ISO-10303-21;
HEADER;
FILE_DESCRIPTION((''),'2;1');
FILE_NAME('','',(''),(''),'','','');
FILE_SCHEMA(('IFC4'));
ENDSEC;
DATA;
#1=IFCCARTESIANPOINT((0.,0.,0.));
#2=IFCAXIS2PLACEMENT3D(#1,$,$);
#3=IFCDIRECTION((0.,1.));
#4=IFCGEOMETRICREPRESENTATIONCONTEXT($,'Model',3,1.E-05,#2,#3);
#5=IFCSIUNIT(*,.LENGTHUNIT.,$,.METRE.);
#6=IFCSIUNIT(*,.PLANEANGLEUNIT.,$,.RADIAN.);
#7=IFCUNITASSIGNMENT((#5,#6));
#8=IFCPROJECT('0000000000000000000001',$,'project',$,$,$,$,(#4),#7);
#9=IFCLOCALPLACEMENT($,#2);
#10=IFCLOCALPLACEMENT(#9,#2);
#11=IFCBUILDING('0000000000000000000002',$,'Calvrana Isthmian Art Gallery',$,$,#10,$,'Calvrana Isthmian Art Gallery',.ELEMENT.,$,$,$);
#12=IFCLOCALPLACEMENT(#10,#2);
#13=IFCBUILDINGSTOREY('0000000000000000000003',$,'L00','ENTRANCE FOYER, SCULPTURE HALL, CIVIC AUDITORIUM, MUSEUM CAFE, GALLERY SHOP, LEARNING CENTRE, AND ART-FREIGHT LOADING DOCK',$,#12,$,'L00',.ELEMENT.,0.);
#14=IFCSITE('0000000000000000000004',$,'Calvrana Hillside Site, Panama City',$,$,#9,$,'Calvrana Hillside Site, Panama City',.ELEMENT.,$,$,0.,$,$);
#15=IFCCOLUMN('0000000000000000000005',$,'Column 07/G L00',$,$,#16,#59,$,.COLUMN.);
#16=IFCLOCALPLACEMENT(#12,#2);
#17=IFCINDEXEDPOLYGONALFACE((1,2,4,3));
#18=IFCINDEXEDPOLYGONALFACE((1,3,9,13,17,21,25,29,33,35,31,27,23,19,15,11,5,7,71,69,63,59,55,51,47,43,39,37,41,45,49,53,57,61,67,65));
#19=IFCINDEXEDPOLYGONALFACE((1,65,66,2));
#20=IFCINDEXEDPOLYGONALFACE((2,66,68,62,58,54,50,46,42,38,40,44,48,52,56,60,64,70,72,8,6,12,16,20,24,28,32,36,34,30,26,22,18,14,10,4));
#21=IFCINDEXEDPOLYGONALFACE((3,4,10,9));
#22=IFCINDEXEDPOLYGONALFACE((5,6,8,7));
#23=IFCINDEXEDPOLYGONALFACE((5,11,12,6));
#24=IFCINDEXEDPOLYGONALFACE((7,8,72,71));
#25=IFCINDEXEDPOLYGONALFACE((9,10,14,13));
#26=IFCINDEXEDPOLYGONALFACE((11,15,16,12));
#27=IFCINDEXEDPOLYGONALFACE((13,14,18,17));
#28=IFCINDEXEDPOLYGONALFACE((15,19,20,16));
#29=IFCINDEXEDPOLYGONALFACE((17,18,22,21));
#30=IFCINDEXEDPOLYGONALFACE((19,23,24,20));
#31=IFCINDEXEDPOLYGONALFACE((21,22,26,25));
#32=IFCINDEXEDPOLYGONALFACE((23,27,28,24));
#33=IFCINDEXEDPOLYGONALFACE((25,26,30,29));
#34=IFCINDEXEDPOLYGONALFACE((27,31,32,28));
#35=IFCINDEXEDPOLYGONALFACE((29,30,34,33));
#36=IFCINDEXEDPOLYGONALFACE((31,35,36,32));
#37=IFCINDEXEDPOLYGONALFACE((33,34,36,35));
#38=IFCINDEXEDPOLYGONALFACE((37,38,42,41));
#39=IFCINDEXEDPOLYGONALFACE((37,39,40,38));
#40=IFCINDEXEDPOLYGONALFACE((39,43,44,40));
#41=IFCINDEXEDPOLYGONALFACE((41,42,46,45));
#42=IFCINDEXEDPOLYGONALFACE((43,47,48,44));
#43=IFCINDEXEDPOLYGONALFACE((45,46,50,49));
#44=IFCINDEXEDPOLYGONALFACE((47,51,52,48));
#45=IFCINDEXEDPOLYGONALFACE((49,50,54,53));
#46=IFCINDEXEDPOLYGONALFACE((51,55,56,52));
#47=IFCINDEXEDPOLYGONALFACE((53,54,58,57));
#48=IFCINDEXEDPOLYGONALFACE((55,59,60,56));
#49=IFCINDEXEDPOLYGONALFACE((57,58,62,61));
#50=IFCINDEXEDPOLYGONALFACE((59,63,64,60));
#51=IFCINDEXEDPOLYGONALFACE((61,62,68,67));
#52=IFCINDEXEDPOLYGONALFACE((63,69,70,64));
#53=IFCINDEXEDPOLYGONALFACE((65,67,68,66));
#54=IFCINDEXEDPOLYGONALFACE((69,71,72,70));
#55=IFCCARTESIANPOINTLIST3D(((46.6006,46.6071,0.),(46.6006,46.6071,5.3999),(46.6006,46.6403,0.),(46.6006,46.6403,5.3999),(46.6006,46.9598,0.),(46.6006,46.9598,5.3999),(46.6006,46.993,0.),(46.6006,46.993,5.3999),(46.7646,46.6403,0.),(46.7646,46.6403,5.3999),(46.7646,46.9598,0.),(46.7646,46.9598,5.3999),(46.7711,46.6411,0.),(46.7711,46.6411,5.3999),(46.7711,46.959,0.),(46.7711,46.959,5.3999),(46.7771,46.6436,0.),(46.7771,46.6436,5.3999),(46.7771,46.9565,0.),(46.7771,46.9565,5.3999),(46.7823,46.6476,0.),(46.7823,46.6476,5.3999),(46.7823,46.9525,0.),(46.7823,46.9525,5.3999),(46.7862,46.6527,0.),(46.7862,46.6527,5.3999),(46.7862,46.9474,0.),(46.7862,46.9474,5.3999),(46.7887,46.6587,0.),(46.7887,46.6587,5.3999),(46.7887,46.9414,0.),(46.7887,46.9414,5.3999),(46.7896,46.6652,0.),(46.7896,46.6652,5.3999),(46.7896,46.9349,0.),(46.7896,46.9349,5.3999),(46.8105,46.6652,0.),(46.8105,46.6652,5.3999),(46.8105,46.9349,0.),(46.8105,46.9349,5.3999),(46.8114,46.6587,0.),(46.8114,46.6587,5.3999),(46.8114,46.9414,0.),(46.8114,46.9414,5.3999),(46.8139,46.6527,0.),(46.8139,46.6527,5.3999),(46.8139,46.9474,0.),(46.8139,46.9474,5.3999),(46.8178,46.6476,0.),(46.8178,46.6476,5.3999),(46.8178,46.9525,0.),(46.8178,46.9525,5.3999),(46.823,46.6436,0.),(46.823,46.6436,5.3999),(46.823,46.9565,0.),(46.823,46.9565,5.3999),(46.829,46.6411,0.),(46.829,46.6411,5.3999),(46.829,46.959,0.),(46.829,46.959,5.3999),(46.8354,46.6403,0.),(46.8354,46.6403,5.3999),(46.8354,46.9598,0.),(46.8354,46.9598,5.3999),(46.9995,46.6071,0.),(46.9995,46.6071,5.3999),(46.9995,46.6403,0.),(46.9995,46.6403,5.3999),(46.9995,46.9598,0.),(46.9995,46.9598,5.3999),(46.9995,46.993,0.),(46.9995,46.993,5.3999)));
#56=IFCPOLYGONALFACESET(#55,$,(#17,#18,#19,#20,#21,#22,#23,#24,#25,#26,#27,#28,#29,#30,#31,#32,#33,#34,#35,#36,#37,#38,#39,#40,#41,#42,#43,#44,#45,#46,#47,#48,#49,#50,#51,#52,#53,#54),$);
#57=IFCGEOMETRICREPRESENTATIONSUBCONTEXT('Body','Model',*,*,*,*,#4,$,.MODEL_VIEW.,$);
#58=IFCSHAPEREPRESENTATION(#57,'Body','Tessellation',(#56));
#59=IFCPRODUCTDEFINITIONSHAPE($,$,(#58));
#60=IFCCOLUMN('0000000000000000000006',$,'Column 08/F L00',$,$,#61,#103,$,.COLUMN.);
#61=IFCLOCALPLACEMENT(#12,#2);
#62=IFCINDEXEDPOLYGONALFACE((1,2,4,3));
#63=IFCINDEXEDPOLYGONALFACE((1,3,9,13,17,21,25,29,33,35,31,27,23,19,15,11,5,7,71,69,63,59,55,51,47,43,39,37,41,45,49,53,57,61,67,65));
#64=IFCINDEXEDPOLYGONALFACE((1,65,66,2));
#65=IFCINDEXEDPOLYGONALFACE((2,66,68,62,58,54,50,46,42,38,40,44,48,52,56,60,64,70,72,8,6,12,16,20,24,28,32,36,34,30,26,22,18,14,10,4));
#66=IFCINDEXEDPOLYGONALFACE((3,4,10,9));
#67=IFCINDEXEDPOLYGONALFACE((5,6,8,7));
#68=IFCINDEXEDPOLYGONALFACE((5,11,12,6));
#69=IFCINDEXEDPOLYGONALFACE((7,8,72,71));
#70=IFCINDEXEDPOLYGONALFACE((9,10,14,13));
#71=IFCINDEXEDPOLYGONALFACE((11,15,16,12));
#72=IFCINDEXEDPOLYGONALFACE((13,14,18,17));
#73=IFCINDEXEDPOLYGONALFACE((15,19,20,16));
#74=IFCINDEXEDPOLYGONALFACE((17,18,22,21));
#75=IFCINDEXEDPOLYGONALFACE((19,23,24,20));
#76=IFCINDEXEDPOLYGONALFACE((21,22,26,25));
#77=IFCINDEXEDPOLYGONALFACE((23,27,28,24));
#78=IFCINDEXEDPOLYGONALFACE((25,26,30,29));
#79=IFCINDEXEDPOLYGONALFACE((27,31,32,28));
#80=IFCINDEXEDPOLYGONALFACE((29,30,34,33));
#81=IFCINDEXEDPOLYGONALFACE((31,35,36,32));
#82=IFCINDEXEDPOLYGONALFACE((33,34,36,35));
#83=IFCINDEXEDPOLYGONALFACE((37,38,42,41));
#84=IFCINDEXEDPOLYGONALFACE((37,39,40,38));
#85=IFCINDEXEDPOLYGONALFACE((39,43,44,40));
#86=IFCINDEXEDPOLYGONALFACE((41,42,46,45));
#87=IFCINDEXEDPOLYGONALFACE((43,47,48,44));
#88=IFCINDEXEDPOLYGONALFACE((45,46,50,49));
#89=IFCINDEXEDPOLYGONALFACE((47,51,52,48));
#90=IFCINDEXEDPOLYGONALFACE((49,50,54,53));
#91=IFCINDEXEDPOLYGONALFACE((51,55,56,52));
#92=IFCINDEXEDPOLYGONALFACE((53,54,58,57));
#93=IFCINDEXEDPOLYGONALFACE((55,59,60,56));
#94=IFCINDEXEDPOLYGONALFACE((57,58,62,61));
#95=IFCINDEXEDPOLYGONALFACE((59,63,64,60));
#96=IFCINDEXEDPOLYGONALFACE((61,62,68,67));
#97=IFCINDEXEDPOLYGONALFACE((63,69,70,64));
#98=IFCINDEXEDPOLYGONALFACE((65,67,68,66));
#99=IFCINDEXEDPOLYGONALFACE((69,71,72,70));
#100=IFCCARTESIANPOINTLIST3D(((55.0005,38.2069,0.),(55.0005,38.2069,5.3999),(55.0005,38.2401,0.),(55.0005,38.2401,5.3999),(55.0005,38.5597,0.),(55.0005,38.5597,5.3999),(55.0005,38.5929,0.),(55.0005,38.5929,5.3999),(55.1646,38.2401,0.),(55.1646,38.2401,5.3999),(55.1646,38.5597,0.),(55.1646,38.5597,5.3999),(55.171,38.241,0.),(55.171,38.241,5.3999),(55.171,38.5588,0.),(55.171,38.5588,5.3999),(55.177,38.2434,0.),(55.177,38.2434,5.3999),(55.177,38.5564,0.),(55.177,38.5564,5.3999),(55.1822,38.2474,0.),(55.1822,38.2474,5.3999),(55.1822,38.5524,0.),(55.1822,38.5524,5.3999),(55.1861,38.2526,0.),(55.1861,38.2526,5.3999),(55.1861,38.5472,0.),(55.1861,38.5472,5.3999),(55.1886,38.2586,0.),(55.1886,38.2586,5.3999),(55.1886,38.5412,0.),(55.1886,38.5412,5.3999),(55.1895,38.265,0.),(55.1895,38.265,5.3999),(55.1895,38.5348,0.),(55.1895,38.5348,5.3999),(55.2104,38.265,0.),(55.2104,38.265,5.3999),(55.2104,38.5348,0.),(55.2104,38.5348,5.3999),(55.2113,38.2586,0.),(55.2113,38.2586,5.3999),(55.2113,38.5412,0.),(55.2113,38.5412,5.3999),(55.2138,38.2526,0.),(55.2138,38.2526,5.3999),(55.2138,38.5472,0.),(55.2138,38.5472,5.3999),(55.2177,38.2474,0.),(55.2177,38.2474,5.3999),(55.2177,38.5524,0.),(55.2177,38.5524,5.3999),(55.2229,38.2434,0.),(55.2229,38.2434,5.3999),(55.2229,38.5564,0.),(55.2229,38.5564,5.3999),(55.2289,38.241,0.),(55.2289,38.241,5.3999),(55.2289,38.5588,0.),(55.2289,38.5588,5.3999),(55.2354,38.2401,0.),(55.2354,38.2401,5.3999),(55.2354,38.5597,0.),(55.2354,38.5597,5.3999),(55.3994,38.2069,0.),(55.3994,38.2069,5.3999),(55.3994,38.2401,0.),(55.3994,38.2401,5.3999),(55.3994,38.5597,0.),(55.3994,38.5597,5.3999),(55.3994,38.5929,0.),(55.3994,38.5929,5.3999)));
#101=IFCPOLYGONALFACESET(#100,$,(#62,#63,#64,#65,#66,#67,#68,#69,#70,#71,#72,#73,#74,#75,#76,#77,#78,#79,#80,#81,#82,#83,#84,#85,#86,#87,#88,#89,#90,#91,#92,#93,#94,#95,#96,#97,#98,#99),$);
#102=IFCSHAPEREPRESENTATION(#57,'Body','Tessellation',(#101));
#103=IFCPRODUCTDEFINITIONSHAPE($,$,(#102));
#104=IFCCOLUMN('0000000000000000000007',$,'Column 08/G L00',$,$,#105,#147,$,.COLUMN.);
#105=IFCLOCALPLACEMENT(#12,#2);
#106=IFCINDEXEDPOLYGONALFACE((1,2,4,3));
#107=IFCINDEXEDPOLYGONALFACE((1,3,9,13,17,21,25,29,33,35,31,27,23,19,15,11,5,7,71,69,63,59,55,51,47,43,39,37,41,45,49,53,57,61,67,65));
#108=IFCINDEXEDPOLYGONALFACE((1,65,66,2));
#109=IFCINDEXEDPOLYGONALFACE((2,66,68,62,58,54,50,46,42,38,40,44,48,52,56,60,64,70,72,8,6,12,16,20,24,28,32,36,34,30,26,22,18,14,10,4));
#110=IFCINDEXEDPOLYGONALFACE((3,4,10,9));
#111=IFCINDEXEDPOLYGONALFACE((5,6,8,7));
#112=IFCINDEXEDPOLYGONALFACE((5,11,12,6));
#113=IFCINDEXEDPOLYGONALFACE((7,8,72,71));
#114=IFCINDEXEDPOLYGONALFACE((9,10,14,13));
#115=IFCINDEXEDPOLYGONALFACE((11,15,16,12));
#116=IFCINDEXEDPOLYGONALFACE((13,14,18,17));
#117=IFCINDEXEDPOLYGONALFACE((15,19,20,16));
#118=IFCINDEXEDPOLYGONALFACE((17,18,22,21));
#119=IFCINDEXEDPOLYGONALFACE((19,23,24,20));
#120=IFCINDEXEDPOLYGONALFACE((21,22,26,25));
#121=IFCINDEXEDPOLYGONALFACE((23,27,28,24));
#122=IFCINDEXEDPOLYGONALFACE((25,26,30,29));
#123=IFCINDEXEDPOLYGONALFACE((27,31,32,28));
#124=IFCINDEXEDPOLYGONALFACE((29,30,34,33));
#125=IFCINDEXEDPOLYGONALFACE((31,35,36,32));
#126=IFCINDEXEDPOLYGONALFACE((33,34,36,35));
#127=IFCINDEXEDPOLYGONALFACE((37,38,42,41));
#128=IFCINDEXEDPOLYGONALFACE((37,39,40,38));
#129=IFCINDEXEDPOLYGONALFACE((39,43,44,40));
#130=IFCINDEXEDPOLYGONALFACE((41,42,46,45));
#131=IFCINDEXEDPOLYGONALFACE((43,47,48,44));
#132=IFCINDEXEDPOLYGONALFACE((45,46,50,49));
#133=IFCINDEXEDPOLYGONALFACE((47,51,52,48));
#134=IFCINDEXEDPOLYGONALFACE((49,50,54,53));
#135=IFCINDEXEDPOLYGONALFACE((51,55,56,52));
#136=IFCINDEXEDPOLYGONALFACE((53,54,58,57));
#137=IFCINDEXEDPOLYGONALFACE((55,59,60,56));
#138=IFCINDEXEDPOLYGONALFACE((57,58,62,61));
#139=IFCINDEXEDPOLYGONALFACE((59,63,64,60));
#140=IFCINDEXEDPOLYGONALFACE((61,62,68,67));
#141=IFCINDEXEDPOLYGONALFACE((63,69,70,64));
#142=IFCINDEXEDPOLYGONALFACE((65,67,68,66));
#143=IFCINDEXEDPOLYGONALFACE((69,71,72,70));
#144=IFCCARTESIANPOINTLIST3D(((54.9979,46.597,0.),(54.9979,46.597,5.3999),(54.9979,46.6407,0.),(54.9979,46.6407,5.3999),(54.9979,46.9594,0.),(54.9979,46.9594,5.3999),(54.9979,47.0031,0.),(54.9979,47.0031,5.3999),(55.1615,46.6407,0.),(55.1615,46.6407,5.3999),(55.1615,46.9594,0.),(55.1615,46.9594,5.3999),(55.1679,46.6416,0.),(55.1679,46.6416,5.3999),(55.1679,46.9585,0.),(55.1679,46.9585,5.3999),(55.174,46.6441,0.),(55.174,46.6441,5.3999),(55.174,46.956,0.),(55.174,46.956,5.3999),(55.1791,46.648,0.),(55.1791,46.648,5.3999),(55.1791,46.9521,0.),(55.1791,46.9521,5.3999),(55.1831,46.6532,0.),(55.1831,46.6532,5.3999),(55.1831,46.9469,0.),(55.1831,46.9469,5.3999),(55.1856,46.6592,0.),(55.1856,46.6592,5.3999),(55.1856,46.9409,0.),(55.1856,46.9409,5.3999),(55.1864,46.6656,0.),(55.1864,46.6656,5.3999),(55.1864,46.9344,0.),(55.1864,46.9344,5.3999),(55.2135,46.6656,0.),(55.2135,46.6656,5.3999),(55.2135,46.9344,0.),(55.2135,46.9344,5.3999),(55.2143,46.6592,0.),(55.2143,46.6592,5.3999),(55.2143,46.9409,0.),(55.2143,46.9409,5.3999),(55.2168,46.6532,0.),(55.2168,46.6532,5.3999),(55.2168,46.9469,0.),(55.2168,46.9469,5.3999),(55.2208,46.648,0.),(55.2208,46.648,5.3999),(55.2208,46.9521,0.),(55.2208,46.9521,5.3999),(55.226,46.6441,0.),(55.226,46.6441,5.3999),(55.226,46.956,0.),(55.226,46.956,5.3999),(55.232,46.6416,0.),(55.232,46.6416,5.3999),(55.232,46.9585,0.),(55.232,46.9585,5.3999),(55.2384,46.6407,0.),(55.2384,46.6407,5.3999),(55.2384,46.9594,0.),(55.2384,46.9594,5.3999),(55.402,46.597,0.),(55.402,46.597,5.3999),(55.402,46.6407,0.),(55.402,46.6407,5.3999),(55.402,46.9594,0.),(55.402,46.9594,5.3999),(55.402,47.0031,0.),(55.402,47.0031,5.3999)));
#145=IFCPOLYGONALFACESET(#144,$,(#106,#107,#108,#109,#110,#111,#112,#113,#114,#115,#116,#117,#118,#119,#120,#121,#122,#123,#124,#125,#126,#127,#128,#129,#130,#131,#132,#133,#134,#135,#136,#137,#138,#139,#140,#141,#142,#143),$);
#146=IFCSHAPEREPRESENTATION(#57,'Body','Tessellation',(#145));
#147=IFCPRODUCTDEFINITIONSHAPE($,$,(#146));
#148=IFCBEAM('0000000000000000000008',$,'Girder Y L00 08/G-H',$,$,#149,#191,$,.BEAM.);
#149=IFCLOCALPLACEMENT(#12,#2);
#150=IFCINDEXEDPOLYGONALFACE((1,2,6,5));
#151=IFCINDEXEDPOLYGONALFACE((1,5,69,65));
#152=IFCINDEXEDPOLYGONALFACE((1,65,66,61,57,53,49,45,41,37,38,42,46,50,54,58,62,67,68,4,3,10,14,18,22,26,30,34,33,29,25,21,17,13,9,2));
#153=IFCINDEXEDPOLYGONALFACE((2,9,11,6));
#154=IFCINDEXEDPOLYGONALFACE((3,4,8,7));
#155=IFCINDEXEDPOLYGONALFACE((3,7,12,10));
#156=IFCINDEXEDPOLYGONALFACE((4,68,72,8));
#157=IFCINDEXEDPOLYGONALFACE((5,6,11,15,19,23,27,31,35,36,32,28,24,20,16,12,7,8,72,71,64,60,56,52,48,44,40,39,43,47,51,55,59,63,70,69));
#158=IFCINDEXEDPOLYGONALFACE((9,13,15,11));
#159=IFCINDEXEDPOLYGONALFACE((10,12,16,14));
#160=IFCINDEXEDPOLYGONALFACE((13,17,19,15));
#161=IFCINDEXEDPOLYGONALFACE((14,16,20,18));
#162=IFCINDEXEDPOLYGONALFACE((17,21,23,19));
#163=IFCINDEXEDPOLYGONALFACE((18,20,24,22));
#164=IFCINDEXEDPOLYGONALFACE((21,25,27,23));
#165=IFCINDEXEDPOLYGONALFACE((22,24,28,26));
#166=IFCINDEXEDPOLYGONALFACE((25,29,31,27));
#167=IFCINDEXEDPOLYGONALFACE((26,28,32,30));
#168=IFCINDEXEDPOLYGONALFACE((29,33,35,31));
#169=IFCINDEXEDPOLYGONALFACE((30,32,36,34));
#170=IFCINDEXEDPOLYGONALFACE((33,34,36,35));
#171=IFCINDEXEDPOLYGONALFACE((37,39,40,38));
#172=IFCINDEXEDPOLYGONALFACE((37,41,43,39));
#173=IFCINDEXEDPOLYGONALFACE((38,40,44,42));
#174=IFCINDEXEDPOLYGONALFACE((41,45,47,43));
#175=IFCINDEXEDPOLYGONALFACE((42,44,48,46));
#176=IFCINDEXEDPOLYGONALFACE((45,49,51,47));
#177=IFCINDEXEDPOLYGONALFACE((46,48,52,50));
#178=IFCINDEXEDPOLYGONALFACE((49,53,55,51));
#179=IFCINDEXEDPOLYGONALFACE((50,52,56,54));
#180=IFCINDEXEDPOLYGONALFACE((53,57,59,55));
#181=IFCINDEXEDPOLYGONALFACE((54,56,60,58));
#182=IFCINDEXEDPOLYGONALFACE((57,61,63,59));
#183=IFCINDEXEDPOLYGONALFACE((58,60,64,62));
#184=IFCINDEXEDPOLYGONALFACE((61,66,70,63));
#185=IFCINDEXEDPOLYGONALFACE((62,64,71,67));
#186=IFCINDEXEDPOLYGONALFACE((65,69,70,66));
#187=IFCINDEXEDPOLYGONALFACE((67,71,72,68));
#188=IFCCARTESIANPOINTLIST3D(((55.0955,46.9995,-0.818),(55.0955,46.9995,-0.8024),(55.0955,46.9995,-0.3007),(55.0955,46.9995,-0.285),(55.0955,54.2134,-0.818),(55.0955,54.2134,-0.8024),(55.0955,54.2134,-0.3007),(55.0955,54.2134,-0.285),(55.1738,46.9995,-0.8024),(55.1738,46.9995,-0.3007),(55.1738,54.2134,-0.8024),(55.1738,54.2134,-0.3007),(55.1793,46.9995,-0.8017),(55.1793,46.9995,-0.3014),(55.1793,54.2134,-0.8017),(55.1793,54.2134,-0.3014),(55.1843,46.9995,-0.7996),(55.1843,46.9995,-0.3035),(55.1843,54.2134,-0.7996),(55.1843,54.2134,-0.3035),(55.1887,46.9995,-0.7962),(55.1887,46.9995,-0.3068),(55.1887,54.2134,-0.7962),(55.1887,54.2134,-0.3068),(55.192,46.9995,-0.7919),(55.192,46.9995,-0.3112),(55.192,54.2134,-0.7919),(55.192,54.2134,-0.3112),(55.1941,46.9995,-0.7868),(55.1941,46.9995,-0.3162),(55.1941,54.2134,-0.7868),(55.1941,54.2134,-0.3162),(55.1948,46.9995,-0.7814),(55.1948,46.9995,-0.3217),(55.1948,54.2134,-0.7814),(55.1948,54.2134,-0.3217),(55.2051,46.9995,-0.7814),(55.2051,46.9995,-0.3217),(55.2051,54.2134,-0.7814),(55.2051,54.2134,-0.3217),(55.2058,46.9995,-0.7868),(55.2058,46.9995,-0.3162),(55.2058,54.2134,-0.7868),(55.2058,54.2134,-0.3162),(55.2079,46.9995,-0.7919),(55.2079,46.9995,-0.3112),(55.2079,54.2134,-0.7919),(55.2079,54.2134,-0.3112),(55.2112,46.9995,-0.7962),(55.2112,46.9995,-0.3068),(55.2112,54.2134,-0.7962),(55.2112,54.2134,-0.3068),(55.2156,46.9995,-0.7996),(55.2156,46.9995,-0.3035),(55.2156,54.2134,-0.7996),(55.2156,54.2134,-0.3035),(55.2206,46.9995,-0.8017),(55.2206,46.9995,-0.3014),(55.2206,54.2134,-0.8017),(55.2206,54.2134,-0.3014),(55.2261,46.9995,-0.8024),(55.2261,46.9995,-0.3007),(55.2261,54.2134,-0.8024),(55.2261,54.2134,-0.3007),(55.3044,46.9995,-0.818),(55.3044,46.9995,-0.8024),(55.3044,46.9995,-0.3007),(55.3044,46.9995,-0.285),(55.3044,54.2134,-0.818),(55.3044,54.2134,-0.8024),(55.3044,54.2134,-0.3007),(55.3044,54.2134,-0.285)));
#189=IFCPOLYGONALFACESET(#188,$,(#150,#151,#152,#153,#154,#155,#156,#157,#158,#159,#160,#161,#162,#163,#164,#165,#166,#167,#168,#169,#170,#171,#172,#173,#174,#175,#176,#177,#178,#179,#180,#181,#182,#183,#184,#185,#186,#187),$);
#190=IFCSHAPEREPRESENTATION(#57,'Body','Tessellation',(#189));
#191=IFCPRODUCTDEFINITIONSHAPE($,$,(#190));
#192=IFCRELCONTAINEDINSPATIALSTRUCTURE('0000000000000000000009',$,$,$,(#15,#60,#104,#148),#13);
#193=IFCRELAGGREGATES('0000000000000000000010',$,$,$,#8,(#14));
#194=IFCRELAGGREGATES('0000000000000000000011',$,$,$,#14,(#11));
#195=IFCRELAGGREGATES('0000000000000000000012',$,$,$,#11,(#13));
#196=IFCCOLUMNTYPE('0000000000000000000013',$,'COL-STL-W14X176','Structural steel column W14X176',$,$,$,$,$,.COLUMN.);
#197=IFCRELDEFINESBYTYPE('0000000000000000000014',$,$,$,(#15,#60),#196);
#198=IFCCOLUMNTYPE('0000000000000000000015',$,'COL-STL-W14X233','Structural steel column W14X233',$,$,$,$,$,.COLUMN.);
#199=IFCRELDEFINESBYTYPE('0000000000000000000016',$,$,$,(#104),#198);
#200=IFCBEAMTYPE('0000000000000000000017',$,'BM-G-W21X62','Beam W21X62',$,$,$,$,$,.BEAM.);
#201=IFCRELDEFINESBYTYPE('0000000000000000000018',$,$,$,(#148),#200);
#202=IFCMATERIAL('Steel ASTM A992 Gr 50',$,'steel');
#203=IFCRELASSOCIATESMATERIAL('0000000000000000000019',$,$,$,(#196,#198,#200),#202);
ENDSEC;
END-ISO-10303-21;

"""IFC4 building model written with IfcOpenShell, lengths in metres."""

from ifc_helpers import new_model, si_unit, direction, frame, origin, origin_2d, place, context, subcontext, project, spatial, i_section, extrude, material, material_profile, profile_set, type_object, element, save


model = new_model("IFC4")

# Units and contexts
model_context = context("Model", 3, precision=1e-05, world=origin(), true_north=direction((0.0, 1.0)))
body_context = subcontext(model_context, "Body", "Model", "MODEL_VIEW")
ifc_project = project(units=[si_unit("LENGTHUNIT", "METRE"), si_unit("PLANEANGLEUNIT", "RADIAN")], contexts=[model_context])

# Site, building, storey
site_placement = place(None, origin())
site = spatial("IfcSite", under=ifc_project, at=site_placement, Name="Calvrana Hillside Site, Panama City", LongName="Calvrana Hillside Site, Panama City", CompositionType="ELEMENT", RefElevation=0.0)
building_placement = place(site_placement, origin())
building = spatial("IfcBuilding", under=site, at=building_placement, Name="Calvrana Isthmian Art Gallery", LongName="Calvrana Isthmian Art Gallery", CompositionType="ELEMENT")
storey_placement = place(building_placement, origin())
storey = spatial("IfcBuildingStorey", under=building, at=storey_placement, Name="L00", Description="ENTRANCE FOYER, SCULPTURE HALL, CIVIC AUDITORIUM, MUSEUM CAFE, GALLERY SHOP, LEARNING CENTRE, AND ART-FREIGHT LOADING DOCK", LongName="L00", CompositionType="ELEMENT", Elevation=0.0)

# Columns
ifc_material_1 = material(Name="Steel ASTM A992 Gr 50", Category="steel")
ifc_material_profile_1 = material_profile(ifc_material_1, i_section(OverallWidth=0.3989, OverallDepth=0.386, WebThickness=0.021, FlangeThickness=0.0332, FilletRadius=0.0249, at=origin_2d()), Name="W14X176")
ifc_profile_set_1 = profile_set([ifc_material_profile_1], Name="Steel ASTM A992 Gr 50")
column_type_1 = type_object("IfcColumnType", Name="COL-STL-W14X176", Description="Structural steel column W14X176", PredefinedType="COLUMN", material=ifc_profile_set_1)
for number, where, z_axis, x_axis, name in (
    (1, (46.8, 46.8, 0.0), (0.0, 0.0, 1.0), (1.0, 0.0, 0.0), "Column 07/G L00"),
    (2, (55.2, 38.3999, 0.0), (0.0, 0.0, 1.0), (1.0, 0.0, 0.0), "Column 08/F L00"),
):
    element("IfcColumn", number, at=place(storey_placement, frame(where, z_axis=z_axis, x_axis=x_axis)), inside=storey, type_object=column_type_1, Name=name, PredefinedType="COLUMN", context=body_context, shape_type="SweptSolid", body=[
        extrude(i_section(OverallWidth=0.3989, OverallDepth=0.386, WebThickness=0.021, FlangeThickness=0.0332, FilletRadius=0.0249, at=origin_2d()), origin(), (0.0, 0.0, 1.0), 5.3999),
    ])
ifc_material_profile_2 = material_profile(ifc_material_1, i_section(OverallWidth=0.4041, OverallDepth=0.406, WebThickness=0.0271, FlangeThickness=0.0437, FilletRadius=0.0249, at=origin_2d()), Name="W14X233")
ifc_profile_set_2 = profile_set([ifc_material_profile_2], Name="Steel ASTM A992 Gr 50")
column_type_2 = type_object("IfcColumnType", Name="COL-STL-W14X233", Description="Structural steel column W14X233", PredefinedType="COLUMN", material=ifc_profile_set_2)
column_placement = place(storey_placement, frame((55.2, 46.8, 0.0), z_axis=(0.0, 0.0, 1.0), x_axis=(1.0, 0.0, 0.0)))
element("IfcColumn", 3, at=column_placement, inside=storey, type_object=column_type_2, Name="Column 08/G L00", PredefinedType="COLUMN", context=body_context, shape_type="SweptSolid", body=[
    extrude(i_section(OverallWidth=0.4041, OverallDepth=0.406, WebThickness=0.0271, FlangeThickness=0.0437, FilletRadius=0.0249, at=origin_2d()), origin(), (0.0, 0.0, 1.0), 5.3999),
])

# Beam
ifc_material_profile_3 = material_profile(ifc_material_1, i_section(OverallWidth=0.209, OverallDepth=0.533, WebThickness=0.0103, FlangeThickness=0.0156, FilletRadius=0.021, at=origin_2d()), Name="W21X62")
ifc_profile_set_3 = profile_set([ifc_material_profile_3], Name="Steel ASTM A992 Gr 50")
beam_type_1 = type_object("IfcBeamType", Name="BM-G-W21X62", Description="Beam W21X62", PredefinedType="BEAM", material=ifc_profile_set_3)
beam_1_placement = place(storey_placement, frame((55.2, 46.9995, -0.5515), z_axis=(0.0, 1.0, 0.0), x_axis=(-1.0, 0.0, 0.0)))
element("IfcBeam", 4, at=beam_1_placement, inside=storey, type_object=beam_type_1, Name="Girder Y L00 08/G-H", PredefinedType="BEAM", context=body_context, shape_type="SweptSolid", body=[
    extrude(i_section(OverallWidth=0.209, OverallDepth=0.533, WebThickness=0.0103, FlangeThickness=0.0156, FilletRadius=0.021, at=origin_2d()), origin(), (0.0, 0.0, 1.0), 7.2139),
])

save(model, "model.ifc")
